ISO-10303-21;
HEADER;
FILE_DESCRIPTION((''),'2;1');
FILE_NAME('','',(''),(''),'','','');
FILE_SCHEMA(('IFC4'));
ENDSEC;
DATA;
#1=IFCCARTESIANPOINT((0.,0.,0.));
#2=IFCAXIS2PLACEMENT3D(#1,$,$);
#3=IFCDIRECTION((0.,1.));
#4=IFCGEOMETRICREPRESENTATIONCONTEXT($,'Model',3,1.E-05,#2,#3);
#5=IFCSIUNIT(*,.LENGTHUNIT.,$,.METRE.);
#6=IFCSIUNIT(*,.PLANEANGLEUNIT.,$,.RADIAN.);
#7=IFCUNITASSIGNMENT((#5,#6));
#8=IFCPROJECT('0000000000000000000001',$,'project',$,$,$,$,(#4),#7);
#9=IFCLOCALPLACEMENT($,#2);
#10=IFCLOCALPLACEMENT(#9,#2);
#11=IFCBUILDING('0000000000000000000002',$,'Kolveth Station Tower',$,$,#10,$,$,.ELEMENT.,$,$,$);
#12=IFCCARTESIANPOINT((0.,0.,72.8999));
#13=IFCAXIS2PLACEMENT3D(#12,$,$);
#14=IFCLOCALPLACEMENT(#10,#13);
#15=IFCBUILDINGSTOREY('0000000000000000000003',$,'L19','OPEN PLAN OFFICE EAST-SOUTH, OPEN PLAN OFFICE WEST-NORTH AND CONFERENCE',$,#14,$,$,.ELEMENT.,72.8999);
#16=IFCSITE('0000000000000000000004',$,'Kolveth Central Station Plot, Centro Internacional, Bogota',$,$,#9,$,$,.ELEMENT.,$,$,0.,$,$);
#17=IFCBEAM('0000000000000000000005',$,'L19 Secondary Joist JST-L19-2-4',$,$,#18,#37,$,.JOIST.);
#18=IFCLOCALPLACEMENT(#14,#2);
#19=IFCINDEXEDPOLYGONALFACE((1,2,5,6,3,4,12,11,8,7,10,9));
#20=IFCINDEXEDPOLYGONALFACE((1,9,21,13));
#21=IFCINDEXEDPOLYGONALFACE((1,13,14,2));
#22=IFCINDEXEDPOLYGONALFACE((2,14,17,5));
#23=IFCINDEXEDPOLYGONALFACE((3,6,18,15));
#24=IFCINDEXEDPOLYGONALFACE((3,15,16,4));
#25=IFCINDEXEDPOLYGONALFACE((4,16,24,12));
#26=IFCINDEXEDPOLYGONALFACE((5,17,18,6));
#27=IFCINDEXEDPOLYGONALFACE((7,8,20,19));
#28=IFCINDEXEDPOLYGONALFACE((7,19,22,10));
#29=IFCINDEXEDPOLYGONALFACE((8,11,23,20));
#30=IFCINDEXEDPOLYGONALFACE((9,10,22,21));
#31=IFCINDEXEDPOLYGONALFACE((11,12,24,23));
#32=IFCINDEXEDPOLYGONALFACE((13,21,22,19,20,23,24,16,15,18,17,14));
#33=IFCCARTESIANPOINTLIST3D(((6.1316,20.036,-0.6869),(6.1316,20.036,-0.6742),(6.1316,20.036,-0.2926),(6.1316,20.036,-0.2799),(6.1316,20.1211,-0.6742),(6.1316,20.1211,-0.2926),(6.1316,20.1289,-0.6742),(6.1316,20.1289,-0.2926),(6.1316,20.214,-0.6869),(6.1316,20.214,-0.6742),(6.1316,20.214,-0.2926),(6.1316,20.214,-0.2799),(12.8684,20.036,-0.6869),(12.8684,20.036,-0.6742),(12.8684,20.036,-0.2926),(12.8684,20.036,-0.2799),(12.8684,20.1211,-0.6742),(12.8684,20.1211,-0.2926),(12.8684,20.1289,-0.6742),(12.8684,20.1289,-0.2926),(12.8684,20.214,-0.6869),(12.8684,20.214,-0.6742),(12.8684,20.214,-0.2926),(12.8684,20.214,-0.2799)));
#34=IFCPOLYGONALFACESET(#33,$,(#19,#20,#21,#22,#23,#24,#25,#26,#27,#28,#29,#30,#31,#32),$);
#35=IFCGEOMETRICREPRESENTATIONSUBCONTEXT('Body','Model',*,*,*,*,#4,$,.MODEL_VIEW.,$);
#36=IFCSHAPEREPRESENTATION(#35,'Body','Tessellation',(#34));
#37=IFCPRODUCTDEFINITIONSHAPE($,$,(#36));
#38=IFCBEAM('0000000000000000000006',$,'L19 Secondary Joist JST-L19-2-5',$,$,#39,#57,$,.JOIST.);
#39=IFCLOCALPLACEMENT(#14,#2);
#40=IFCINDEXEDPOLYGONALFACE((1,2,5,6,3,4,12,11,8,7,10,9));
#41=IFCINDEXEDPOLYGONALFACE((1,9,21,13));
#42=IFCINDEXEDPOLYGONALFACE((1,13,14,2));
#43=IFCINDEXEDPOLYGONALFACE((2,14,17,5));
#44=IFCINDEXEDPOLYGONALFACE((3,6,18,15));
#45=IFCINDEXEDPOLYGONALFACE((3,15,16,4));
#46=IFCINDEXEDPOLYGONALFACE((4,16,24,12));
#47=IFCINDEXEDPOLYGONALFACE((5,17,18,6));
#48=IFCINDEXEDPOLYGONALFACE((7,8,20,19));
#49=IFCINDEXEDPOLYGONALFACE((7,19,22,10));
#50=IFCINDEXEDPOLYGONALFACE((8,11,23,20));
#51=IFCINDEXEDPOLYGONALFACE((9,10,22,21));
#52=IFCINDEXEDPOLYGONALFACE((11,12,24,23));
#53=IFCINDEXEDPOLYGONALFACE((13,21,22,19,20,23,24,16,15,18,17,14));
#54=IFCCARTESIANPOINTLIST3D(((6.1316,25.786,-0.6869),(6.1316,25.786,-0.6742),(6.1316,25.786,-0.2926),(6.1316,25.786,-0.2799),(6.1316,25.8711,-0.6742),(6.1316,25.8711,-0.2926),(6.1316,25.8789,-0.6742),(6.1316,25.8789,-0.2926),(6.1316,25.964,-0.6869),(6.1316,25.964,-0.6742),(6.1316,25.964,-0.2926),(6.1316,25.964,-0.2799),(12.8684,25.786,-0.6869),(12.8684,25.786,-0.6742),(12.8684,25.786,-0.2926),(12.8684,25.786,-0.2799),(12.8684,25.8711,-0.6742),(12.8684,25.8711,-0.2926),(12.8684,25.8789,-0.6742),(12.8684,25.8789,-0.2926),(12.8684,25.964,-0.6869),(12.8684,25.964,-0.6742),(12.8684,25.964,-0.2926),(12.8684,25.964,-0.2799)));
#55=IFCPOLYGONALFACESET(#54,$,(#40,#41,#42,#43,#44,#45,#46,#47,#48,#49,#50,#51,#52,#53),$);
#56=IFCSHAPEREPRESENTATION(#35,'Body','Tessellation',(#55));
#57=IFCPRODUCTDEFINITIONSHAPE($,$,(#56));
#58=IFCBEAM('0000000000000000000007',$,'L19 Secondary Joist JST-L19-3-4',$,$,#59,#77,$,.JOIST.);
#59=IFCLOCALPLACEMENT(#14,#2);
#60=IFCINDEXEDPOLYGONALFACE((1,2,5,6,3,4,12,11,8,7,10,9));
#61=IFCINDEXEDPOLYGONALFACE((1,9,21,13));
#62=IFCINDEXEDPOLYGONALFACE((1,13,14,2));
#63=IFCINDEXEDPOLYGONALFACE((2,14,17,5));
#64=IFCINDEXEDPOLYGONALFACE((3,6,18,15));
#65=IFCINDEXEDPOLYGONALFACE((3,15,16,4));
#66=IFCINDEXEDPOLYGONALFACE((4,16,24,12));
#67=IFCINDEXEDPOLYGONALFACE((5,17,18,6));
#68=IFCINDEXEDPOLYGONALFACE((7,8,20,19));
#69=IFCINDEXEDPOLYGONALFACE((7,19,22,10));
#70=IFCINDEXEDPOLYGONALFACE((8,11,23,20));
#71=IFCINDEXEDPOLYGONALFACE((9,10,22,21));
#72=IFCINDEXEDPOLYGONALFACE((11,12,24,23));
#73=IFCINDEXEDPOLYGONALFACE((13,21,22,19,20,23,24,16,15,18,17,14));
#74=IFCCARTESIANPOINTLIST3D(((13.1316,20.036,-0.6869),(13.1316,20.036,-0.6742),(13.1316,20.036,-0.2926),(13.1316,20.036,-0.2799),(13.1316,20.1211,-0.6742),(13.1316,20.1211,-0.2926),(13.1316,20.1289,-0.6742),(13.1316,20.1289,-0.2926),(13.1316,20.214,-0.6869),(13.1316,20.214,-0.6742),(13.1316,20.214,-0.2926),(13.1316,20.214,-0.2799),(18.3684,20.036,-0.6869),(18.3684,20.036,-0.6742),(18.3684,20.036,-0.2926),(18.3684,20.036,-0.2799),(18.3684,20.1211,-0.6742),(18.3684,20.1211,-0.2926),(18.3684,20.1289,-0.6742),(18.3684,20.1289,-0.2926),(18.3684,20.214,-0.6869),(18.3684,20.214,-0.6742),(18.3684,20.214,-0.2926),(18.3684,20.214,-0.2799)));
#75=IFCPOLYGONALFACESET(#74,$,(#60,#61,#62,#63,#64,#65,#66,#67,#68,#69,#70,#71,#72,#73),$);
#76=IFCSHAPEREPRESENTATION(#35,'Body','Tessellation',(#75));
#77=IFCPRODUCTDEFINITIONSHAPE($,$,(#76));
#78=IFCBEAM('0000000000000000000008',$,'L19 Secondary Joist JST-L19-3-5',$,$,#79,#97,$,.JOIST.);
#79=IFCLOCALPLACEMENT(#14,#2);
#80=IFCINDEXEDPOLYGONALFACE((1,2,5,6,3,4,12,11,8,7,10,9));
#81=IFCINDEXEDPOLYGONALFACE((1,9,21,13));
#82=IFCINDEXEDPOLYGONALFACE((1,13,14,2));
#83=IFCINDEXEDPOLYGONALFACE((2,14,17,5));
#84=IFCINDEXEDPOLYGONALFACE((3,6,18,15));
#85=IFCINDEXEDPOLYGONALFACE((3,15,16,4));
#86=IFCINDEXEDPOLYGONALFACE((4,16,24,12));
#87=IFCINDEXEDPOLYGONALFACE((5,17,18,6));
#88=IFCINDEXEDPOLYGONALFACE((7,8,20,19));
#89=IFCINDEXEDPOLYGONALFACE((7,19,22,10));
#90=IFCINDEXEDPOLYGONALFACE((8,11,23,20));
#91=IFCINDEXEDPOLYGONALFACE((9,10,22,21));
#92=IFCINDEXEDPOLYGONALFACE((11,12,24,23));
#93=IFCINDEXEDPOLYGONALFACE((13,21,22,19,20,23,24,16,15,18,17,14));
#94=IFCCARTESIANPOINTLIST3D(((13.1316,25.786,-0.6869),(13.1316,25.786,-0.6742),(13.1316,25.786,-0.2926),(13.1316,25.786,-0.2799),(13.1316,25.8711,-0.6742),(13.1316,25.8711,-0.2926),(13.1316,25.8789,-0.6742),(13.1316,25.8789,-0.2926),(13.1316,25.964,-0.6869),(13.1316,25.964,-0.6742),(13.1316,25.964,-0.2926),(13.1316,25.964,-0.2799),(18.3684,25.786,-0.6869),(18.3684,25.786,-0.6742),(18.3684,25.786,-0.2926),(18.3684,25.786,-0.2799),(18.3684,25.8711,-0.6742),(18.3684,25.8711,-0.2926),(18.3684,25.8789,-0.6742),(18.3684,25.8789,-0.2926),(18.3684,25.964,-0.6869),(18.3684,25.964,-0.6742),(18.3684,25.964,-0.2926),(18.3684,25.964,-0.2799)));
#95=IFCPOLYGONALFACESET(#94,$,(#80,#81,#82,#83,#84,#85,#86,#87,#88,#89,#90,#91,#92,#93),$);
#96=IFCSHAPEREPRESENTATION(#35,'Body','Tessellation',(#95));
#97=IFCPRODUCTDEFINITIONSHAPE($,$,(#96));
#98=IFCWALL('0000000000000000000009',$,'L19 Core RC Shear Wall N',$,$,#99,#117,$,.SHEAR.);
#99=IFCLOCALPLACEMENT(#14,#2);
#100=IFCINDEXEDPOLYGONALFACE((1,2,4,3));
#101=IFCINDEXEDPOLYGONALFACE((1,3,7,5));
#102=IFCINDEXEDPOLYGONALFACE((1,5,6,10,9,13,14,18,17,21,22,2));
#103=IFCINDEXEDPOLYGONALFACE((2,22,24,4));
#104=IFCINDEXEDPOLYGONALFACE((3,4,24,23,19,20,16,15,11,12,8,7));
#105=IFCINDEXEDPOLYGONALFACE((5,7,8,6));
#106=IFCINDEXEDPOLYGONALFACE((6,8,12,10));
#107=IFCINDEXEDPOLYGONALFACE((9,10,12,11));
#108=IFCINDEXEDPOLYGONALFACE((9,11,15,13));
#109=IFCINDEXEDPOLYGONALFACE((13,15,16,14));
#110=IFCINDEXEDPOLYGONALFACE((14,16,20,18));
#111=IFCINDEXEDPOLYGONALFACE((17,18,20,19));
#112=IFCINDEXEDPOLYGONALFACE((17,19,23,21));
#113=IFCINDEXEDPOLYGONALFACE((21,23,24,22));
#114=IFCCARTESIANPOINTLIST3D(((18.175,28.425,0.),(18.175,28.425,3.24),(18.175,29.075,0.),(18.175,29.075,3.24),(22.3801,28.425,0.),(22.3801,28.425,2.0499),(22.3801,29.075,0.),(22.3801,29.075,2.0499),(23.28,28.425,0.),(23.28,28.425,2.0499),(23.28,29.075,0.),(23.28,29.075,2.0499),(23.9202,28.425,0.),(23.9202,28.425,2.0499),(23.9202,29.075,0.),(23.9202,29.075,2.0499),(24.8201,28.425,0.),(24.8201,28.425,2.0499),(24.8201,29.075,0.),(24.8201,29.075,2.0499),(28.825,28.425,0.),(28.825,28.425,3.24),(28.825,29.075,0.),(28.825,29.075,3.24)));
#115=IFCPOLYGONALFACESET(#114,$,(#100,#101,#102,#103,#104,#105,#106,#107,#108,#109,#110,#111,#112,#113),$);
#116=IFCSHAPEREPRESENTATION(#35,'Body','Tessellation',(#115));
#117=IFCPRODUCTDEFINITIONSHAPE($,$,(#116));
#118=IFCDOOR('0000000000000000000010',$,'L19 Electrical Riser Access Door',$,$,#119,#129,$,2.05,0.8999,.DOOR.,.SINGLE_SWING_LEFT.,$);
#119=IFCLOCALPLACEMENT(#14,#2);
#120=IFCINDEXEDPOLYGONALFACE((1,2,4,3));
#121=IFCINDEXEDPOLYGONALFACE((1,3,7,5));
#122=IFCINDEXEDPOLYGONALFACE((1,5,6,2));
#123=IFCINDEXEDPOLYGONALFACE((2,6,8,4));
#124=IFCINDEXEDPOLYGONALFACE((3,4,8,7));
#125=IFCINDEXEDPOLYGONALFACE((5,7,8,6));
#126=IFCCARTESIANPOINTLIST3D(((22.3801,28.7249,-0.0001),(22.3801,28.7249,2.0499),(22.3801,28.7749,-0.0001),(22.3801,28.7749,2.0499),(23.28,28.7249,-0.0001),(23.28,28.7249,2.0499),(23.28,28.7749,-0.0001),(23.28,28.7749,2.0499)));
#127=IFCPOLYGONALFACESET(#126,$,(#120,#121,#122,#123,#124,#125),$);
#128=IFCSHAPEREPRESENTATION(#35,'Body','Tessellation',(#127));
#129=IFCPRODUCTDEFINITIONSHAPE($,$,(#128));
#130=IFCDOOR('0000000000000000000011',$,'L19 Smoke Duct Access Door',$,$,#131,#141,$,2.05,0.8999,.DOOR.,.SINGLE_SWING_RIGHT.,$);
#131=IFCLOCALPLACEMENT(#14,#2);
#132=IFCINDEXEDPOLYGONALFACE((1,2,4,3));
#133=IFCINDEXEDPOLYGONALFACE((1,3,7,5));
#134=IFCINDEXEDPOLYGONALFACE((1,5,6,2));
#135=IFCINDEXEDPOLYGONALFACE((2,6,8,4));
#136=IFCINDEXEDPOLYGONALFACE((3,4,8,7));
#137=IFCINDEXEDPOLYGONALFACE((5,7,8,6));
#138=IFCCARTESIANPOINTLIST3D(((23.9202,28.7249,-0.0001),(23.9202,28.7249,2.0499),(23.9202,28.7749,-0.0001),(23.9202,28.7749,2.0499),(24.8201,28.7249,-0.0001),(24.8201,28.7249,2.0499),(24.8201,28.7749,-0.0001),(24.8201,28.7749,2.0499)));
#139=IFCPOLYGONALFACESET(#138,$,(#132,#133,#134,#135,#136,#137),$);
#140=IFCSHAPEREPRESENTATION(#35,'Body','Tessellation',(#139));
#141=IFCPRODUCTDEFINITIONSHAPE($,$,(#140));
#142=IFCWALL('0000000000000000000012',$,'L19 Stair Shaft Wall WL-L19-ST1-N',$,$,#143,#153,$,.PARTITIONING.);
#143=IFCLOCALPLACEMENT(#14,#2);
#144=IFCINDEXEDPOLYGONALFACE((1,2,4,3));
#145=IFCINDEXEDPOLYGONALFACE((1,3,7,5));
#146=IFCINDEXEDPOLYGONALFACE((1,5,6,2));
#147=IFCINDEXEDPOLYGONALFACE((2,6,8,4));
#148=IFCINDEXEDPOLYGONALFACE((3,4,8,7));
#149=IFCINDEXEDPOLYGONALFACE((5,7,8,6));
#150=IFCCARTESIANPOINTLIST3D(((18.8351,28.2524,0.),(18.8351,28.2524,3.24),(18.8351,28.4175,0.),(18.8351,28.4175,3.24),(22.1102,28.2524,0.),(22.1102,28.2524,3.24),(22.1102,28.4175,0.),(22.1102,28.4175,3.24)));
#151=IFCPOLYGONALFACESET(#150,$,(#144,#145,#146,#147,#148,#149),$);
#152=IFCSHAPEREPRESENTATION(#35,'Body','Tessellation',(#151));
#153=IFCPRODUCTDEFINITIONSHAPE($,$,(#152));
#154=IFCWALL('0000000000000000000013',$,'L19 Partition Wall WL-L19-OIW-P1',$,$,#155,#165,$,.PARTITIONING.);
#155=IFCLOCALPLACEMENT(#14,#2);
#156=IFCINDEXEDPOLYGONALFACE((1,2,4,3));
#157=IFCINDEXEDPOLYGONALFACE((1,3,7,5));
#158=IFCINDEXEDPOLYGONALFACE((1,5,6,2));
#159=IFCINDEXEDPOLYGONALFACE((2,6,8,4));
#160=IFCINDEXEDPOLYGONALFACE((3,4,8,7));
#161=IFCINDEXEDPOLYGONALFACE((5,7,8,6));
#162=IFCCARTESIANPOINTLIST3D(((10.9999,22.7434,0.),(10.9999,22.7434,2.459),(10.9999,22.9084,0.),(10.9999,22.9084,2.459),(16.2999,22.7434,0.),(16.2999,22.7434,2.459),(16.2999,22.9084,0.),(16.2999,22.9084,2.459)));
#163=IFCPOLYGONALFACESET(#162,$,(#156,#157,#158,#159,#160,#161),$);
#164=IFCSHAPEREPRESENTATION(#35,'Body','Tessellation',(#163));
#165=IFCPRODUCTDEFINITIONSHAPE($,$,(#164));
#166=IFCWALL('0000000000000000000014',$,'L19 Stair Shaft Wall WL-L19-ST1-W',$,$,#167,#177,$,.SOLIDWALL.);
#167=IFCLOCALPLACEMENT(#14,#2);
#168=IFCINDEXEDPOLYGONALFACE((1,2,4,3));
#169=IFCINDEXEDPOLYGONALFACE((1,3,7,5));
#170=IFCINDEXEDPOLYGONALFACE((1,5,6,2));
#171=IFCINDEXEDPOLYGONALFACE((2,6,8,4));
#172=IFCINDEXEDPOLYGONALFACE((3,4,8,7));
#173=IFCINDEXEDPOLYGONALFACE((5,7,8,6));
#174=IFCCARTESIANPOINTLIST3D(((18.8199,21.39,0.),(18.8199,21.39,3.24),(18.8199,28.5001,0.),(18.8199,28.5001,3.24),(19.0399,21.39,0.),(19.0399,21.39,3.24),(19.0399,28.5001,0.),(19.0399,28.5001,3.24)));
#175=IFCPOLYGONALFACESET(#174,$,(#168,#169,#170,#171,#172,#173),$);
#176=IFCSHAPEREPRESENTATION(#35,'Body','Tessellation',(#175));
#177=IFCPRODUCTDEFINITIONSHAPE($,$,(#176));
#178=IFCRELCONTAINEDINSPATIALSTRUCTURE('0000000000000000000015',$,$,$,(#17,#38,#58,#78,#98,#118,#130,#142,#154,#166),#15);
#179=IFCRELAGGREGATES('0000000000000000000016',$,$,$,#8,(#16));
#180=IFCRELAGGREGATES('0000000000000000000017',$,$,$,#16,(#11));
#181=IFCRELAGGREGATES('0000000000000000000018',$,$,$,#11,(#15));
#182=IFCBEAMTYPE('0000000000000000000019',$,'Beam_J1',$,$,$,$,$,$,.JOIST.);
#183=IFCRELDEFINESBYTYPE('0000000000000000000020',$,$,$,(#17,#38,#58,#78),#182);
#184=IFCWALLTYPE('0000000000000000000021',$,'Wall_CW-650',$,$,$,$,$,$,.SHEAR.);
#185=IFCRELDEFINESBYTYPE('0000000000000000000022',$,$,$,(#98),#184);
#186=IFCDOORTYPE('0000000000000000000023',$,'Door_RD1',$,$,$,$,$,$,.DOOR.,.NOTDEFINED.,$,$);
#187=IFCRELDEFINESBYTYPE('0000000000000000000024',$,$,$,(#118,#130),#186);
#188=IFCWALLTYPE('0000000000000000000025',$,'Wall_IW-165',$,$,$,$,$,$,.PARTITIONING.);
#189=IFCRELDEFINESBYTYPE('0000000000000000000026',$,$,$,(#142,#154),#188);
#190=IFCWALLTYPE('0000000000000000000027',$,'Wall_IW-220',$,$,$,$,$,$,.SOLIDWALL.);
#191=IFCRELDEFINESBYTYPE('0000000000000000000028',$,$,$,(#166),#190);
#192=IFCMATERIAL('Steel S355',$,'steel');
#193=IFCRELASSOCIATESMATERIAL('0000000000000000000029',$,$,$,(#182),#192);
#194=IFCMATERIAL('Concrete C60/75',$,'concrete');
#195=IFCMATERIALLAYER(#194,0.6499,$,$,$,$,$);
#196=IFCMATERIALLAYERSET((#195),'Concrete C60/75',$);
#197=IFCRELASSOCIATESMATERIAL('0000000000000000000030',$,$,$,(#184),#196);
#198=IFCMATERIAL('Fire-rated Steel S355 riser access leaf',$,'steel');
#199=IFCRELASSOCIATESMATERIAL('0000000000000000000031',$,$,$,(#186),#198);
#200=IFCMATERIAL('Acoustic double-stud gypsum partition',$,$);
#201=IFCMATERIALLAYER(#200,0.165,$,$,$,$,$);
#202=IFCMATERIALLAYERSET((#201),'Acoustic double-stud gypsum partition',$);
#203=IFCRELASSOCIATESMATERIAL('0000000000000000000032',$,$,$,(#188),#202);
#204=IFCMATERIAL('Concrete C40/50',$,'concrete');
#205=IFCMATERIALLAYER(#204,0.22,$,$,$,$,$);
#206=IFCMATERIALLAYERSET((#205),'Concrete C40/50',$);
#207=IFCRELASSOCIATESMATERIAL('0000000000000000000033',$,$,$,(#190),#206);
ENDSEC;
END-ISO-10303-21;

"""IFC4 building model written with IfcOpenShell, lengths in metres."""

from ifc_helpers import new_model, si_unit, direction, frame, frame_2d, origin, origin_2d, place, context, subcontext, project, spatial, rectangle, i_section, extrude, source, transform, mapped, material, layer, layer_set, material_profile, profile_set, type_object, element, fill, save


model = new_model("IFC4")

# Units and contexts
model_context = context("Model", 3, precision=1e-05, world=origin(), true_north=direction((0.0, 1.0)))
body_context = subcontext(model_context, "Body", "Model", "MODEL_VIEW")
ifc_project = project(units=[si_unit("LENGTHUNIT", "METRE"), si_unit("PLANEANGLEUNIT", "RADIAN")], contexts=[model_context])

# Site, building, storey
site_placement = place(None, origin())
site = spatial("IfcSite", under=ifc_project, at=site_placement, Name="Kolveth Central Station Plot, Centro Internacional, Bogota", CompositionType="ELEMENT", RefElevation=0.0)
building_placement = place(site_placement, origin())
building = spatial("IfcBuilding", under=site, at=building_placement, Name="Kolveth Station Tower", CompositionType="ELEMENT")
storey_placement = place(building_placement, frame((0.0, 0.0, 72.8999)))
storey = spatial("IfcBuildingStorey", under=building, at=storey_placement, Name="L19", Description="OPEN PLAN OFFICE EAST-SOUTH, OPEN PLAN OFFICE WEST-NORTH AND CONFERENCE", CompositionType="ELEMENT", Elevation=72.8999)

# Beams
ifc_material_1 = material(Name="Steel S355", Category="steel")
ifc_material_profile_1 = material_profile(ifc_material_1, i_section(OverallWidth=0.178, OverallDepth=0.407, WebThickness=0.0078, FlangeThickness=0.0127, at=origin_2d()), Name="W410x60")
ifc_profile_set_1 = profile_set([ifc_material_profile_1], Name="Steel S355")
beam_type_1 = type_object("IfcBeamType", Name="Beam_J1", PredefinedType="JOIST", material=ifc_profile_set_1)
shared_shape_1 = source(origin(), body_context, "Body", "SweptSolid", [
    extrude(i_section(OverallWidth=0.178, OverallDepth=0.407, WebThickness=0.0078, FlangeThickness=0.0127, at=origin_2d()), origin(), (0.0, 0.0, 1.0), 6.7368),
])
for number, where, z_axis, x_axis, name in (
    (1, (6.1316, 20.125, -0.4834), (1.0, 0.0, 0.0), (0.0, 1.0, 0.0), "L19 Secondary Joist JST-L19-2-4"),
    (2, (6.1316, 25.875, -0.4834), (1.0, 0.0, 0.0), (0.0, 1.0, 0.0), "L19 Secondary Joist JST-L19-2-5"),
):
    element("IfcBeam", number, at=place(storey_placement, frame(where, z_axis=z_axis, x_axis=x_axis)), inside=storey, type_object=beam_type_1, Name=name, PredefinedType="JOIST", context=body_context, shape_type="MappedRepresentation", body=[
        mapped(shared_shape_1, transform((0.0, 0.0, 0.0), x_axis=(1.0, 0.0, 0.0), y_axis=(0.0, 1.0, 0.0), z_axis=(0.0, 0.0, 1.0), scale=1.0)),
    ])
shared_shape_2 = source(origin(), body_context, "Body", "SweptSolid", [
    extrude(i_section(OverallWidth=0.178, OverallDepth=0.407, WebThickness=0.0078, FlangeThickness=0.0127, at=origin_2d()), origin(), (0.0, 0.0, 1.0), 5.2368),
])
for number, where, z_axis, x_axis, name in (
    (3, (13.1316, 20.125, -0.4834), (1.0, 0.0, 0.0), (0.0, 1.0, 0.0), "L19 Secondary Joist JST-L19-3-4"),
    (4, (13.1316, 25.875, -0.4834), (1.0, 0.0, 0.0), (0.0, 1.0, 0.0), "L19 Secondary Joist JST-L19-3-5"),
):
    element("IfcBeam", number, at=place(storey_placement, frame(where, z_axis=z_axis, x_axis=x_axis)), inside=storey, type_object=beam_type_1, Name=name, PredefinedType="JOIST", context=body_context, shape_type="MappedRepresentation", body=[
        mapped(shared_shape_2, transform((0.0, 0.0, 0.0), x_axis=(1.0, 0.0, 0.0), y_axis=(0.0, 1.0, 0.0), z_axis=(0.0, 0.0, 1.0), scale=1.0)),
    ])

# Wall, openings, doors
ifc_material_2 = material(Name="Concrete C60/75", Category="concrete")
ifc_layer_1 = layer(ifc_material_2, 0.6499)
ifc_layer_set_1 = layer_set([ifc_layer_1], Name="Concrete C60/75")
wall_type_1 = type_object("IfcWallType", Name="Wall_CW-650", PredefinedType="SHEAR", material=ifc_layer_set_1)
wall_1_placement = place(storey_placement, frame((18.175, 28.75, 0.0), z_axis=(0.0, 0.0, 1.0), x_axis=(1.0, 0.0, 0.0)))
wall_1 = element("IfcWall", 5, at=wall_1_placement, inside=storey, type_object=wall_type_1, Name="L19 Core RC Shear Wall N", PredefinedType="SHEAR", context=body_context, shape_type="SweptSolid", body=[
    extrude(rectangle(XDim=10.6499, YDim=0.6499, at=frame_2d((5.325, 0.0))), origin(), (0.0, 0.0, 1.0), 3.24),
])
opening_1_placement = place(wall_1_placement, frame((4.2051, 0.0, 0.0)))
opening_1 = element("IfcOpeningElement", 6, at=opening_1_placement, cuts=wall_1, PredefinedType="OPENING", context=body_context, shape_type="SweptSolid", body=[
    extrude(rectangle(XDim=0.8999, YDim=2.05, at=frame_2d((0.45, 1.0249))), frame((0.0, 0.335, 0.0), z_axis=(0.0, -1.0, 0.0), x_axis=(1.0, 0.0, 0.0)), (0.0, 0.0, 1.0), 0.6699),
])
opening_2_placement = place(wall_1_placement, frame((5.7451, 0.0, 0.0)))
opening_2 = element("IfcOpeningElement", 7, at=opening_2_placement, cuts=wall_1, PredefinedType="OPENING", context=body_context, shape_type="SweptSolid", body=[
    extrude(rectangle(XDim=0.8999, YDim=2.05, at=frame_2d((0.45, 1.0249))), frame((0.0, 0.335, 0.0), z_axis=(0.0, -1.0, 0.0), x_axis=(1.0, 0.0, 0.0)), (0.0, 0.0, 1.0), 0.6699),
])
ifc_material_3 = material(Name="Fire-rated Steel S355 riser access leaf", Category="steel")
door_type_1 = type_object("IfcDoorType", Name="Door_RD1", OperationType="NOTDEFINED", PredefinedType="DOOR", material=ifc_material_3)
door_1_placement = place(opening_1_placement, origin())
door_1 = element("IfcDoor", 8, at=door_1_placement, inside=storey, type_object=door_type_1, Name="L19 Electrical Riser Access Door", OperationType="SINGLE_SWING_LEFT", OverallHeight=2.05, OverallWidth=0.8999, PredefinedType="DOOR", context=body_context, shape_type="SweptSolid", body=[
    extrude(rectangle(XDim=0.8999, YDim=2.05, at=frame_2d((0.45, 1.0249))), frame((0.0, 0.0249, 0.0), z_axis=(0.0, -1.0, 0.0), x_axis=(1.0, 0.0, 0.0)), (0.0, 0.0, 1.0), 0.05),
])
fill(opening_1, door_1)
door_2_placement = place(opening_2_placement, origin())
door_2 = element("IfcDoor", 9, at=door_2_placement, inside=storey, type_object=door_type_1, Name="L19 Smoke Duct Access Door", OperationType="SINGLE_SWING_RIGHT", OverallHeight=2.05, OverallWidth=0.8999, PredefinedType="DOOR", context=body_context, shape_type="SweptSolid", body=[
    extrude(rectangle(XDim=0.8999, YDim=2.05, at=frame_2d((0.45, 1.0249))), frame((0.0, 0.0249, 0.0), z_axis=(0.0, -1.0, 0.0), x_axis=(1.0, 0.0, 0.0)), (0.0, 0.0, 1.0), 0.05),
])
fill(opening_2, door_2)

# Walls
ifc_material_4 = material(Name="Acoustic double-stud gypsum partition")
ifc_layer_2 = layer(ifc_material_4, 0.165)
ifc_layer_set_2 = layer_set([ifc_layer_2], Name="Acoustic double-stud gypsum partition")
wall_type_2 = type_object("IfcWallType", Name="Wall_IW-165", PredefinedType="PARTITIONING", material=ifc_layer_set_2)
wall_2_placement = place(storey_placement, frame((18.835, 28.335, 0.0), z_axis=(0.0, 0.0, 1.0), x_axis=(1.0, 0.0, 0.0)))
element("IfcWall", 10, at=wall_2_placement, inside=storey, type_object=wall_type_2, Name="L19 Stair Shaft Wall WL-L19-ST1-N", PredefinedType="PARTITIONING", context=body_context, shape_type="SweptSolid", body=[
    extrude(rectangle(XDim=3.2751, YDim=0.165, at=frame_2d((1.6377, 0.0))), origin(), (0.0, 0.0, 1.0), 3.24),
])
wall_3_placement = place(storey_placement, frame((11.0, 22.8259, 0.0), z_axis=(0.0, 0.0, 1.0), x_axis=(1.0, 0.0, 0.0)))
element("IfcWall", 11, at=wall_3_placement, inside=storey, type_object=wall_type_2, Name="L19 Partition Wall WL-L19-OIW-P1", PredefinedType="PARTITIONING", context=body_context, shape_type="SweptSolid", body=[
    extrude(rectangle(XDim=5.3, YDim=0.165, at=frame_2d((2.6499, 0.0))), origin(), (0.0, 0.0, 1.0), 2.459),
])
ifc_material_5 = material(Name="Concrete C40/50", Category="concrete")
ifc_layer_3 = layer(ifc_material_5, 0.22)
ifc_layer_set_3 = layer_set([ifc_layer_3], Name="Concrete C40/50")
wall_type_3 = type_object("IfcWallType", Name="Wall_IW-220", PredefinedType="SOLIDWALL", material=ifc_layer_set_3)
for number, where, z_axis, x_axis, name in (
    (12, (18.9299, 21.3899, 0.0), (0.0, 0.0, 1.0), (0.0, 1.0, 0.0), "L19 Stair Shaft Wall WL-L19-ST1-W"),
):
    element("IfcWall", number, at=place(storey_placement, frame(where, z_axis=z_axis, x_axis=x_axis)), inside=storey, type_object=wall_type_3, Name=name, PredefinedType="SOLIDWALL", context=body_context, shape_type="SweptSolid", body=[
        extrude(rectangle(XDim=7.1101, YDim=0.22, at=frame_2d((3.5552, 0.0))), origin(), (0.0, 0.0, 1.0), 3.24),
    ])

save(model, "model.ifc")
